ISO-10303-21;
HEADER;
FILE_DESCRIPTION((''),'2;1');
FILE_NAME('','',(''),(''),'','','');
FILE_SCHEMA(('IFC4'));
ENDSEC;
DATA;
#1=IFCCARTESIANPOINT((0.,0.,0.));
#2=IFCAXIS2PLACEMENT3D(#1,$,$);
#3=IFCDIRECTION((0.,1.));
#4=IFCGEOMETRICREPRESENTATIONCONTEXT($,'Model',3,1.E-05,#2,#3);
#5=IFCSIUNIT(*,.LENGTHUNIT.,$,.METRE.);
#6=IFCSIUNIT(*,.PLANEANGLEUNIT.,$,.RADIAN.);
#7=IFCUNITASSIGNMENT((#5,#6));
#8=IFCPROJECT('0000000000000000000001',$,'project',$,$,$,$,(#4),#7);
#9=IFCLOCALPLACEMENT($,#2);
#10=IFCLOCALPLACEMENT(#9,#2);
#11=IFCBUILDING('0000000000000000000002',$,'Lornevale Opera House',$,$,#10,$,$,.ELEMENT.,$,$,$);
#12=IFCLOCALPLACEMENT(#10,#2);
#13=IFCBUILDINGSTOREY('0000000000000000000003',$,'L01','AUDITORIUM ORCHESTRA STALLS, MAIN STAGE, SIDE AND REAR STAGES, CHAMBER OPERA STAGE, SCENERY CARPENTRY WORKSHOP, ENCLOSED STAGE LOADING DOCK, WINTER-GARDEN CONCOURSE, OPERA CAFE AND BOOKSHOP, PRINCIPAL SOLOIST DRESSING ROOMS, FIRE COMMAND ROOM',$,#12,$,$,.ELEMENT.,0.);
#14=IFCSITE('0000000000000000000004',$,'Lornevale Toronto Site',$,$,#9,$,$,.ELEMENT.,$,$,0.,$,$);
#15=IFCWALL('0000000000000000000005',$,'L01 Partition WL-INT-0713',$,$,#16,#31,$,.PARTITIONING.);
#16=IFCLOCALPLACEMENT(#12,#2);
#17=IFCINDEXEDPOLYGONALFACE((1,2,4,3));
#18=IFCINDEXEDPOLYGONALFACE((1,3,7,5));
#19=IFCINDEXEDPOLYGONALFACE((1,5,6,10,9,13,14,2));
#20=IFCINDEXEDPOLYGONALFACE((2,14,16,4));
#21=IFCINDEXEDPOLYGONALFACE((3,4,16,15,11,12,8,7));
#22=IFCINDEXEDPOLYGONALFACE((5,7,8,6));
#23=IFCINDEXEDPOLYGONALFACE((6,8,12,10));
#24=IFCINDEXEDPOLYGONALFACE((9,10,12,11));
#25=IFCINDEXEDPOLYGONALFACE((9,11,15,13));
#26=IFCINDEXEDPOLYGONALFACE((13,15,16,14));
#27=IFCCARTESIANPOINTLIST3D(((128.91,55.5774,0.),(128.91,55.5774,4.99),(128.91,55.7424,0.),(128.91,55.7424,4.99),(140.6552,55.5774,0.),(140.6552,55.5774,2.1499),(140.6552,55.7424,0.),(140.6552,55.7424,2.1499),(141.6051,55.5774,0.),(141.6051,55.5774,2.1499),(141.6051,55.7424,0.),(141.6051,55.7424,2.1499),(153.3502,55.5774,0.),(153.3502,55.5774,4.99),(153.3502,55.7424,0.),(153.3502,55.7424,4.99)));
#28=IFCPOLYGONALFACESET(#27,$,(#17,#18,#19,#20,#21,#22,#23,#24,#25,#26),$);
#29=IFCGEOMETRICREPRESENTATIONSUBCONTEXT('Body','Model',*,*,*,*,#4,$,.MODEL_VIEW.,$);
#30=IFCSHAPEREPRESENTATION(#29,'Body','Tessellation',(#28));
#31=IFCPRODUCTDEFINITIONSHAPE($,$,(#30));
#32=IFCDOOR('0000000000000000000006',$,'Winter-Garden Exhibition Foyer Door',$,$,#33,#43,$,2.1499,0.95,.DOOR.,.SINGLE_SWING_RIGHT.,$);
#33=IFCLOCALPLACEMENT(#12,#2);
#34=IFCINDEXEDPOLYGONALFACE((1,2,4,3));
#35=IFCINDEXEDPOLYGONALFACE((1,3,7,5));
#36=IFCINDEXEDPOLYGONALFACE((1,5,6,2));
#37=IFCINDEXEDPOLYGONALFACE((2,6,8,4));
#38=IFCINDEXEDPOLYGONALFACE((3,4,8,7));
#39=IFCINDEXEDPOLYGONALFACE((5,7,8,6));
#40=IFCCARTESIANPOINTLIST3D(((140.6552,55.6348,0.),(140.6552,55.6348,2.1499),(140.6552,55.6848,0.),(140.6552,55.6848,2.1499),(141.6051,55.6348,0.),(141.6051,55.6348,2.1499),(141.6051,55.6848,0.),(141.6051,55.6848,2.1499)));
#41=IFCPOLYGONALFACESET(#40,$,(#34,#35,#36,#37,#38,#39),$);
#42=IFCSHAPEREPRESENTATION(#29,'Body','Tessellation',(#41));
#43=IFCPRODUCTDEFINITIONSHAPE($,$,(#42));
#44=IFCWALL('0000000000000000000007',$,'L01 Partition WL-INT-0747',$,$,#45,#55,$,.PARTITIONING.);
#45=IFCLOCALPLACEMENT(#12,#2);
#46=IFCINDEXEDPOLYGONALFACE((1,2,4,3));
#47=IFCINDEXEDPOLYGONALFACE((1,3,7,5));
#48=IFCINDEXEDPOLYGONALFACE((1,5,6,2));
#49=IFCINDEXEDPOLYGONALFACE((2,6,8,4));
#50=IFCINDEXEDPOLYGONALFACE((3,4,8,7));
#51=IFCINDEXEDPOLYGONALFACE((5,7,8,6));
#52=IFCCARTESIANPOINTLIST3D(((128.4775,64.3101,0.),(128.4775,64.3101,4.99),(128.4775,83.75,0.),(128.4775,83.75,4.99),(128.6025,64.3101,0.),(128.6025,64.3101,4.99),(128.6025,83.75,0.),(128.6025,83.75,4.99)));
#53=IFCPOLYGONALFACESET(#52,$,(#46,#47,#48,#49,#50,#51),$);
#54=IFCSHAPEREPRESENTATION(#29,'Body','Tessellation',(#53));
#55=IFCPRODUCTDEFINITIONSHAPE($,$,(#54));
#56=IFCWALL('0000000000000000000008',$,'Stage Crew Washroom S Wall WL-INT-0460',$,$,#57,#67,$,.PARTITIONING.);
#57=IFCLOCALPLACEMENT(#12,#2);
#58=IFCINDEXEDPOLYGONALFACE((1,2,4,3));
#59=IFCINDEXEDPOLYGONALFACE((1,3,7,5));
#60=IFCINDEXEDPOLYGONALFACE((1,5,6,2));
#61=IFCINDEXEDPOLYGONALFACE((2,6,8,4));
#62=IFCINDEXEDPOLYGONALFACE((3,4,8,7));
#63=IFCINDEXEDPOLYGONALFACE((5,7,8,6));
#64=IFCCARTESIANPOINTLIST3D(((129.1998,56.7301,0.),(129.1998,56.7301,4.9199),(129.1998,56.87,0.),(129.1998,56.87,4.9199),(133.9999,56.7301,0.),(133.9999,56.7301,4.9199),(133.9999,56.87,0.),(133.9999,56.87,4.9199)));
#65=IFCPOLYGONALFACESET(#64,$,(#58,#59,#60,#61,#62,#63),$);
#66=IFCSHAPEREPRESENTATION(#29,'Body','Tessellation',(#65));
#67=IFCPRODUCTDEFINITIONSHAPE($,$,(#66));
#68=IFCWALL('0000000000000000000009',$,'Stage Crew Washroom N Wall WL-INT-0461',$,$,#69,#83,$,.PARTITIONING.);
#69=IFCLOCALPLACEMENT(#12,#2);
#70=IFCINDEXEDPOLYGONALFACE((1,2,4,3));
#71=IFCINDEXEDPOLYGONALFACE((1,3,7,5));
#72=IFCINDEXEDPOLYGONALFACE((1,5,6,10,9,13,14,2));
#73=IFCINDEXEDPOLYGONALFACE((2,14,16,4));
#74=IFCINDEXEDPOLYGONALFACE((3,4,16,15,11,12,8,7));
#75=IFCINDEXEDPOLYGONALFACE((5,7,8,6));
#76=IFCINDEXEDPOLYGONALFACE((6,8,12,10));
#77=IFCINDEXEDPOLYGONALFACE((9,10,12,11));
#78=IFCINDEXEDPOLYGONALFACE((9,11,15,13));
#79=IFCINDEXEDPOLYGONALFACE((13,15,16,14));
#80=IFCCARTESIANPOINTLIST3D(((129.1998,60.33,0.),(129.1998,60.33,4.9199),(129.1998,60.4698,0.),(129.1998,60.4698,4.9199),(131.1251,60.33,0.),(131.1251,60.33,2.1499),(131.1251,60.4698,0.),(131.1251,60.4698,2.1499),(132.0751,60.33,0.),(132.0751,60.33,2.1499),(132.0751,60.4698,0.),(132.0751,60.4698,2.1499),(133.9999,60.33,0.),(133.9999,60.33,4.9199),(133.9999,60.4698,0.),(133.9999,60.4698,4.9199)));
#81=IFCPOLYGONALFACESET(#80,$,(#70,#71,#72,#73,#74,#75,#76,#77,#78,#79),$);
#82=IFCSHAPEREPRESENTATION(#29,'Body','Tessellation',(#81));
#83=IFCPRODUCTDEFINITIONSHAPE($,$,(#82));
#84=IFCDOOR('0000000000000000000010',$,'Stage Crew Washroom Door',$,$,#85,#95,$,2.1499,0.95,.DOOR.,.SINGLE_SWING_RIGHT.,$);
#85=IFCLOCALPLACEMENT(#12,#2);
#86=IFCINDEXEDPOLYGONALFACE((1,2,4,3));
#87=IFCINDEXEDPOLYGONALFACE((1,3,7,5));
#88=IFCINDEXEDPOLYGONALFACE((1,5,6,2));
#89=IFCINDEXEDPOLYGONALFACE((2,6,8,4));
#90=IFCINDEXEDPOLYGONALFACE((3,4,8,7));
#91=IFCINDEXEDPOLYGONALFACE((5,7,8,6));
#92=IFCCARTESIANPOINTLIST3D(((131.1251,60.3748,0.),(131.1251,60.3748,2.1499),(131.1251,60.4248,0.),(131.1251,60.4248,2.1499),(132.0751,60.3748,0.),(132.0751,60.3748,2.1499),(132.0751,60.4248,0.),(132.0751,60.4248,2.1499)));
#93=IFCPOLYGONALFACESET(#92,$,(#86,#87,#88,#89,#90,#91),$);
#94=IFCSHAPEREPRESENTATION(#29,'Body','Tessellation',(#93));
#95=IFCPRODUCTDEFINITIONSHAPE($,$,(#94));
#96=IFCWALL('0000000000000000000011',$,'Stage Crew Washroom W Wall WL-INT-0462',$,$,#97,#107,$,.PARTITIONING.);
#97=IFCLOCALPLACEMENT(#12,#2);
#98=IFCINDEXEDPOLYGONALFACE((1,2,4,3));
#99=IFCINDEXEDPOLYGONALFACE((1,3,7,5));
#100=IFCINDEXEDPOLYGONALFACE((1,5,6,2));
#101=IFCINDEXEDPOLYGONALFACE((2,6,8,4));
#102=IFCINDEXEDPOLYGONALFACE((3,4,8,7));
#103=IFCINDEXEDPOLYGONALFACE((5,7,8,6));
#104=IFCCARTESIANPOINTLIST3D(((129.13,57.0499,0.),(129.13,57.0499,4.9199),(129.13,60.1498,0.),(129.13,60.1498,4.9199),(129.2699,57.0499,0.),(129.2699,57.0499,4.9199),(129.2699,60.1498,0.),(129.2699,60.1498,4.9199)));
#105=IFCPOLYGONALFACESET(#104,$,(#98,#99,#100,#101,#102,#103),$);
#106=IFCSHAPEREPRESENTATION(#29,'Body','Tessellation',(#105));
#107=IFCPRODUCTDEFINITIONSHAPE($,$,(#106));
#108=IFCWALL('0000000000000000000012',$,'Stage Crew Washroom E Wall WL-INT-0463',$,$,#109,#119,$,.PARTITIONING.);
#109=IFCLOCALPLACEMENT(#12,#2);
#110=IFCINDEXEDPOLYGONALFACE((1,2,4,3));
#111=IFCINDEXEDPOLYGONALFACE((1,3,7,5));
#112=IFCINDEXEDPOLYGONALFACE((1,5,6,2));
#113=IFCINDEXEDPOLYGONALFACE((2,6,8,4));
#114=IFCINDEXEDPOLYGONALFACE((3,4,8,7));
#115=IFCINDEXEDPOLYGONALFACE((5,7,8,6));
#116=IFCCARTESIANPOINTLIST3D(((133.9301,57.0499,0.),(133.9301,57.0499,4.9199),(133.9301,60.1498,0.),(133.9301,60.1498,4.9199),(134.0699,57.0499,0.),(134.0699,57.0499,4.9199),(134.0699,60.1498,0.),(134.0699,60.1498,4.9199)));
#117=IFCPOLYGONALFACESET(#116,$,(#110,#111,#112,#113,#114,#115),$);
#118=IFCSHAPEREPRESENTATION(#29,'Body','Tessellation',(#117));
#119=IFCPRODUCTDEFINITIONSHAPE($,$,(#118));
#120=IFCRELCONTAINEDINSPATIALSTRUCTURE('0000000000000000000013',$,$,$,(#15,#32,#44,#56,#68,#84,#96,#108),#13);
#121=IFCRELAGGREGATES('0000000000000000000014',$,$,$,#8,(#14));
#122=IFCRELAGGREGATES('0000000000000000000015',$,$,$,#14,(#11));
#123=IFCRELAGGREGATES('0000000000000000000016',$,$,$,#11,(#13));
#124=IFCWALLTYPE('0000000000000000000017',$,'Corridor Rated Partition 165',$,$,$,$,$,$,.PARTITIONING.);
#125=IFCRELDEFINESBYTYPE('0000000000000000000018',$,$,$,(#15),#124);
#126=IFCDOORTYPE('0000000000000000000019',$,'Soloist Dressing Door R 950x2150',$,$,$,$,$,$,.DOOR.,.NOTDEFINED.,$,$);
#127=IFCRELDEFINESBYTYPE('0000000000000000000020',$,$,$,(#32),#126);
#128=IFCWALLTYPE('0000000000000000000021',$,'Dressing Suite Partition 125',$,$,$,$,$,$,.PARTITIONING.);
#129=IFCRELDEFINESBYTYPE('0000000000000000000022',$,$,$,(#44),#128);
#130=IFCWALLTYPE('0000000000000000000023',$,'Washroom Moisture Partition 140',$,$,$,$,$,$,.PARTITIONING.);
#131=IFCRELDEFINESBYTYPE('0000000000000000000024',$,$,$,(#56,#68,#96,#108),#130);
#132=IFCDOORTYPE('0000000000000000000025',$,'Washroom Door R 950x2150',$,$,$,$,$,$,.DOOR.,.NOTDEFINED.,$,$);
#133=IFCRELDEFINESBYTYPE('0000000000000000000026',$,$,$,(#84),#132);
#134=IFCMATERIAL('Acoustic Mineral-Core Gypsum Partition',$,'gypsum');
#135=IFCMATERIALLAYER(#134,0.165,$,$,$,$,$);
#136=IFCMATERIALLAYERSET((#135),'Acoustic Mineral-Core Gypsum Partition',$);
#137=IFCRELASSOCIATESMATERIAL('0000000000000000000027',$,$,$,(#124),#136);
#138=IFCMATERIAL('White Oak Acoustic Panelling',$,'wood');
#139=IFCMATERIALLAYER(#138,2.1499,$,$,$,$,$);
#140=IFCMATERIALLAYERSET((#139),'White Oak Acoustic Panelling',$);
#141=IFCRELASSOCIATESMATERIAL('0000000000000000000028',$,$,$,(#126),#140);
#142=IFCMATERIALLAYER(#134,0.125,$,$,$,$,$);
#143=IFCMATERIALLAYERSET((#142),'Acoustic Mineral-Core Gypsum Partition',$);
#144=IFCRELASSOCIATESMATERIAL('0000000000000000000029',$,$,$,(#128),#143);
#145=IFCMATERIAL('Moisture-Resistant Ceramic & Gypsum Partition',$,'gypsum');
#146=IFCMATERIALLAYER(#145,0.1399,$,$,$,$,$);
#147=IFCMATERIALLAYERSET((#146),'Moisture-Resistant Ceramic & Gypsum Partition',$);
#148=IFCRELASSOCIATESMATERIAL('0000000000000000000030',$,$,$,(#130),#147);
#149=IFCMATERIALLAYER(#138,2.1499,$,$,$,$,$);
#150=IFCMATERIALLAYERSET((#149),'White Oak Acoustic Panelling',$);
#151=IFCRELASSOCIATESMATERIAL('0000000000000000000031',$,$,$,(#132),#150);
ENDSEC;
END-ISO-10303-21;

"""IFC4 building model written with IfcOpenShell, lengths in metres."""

from ifc_helpers import new_model, si_unit, direction, frame, frame_2d, origin, place, context, subcontext, project, spatial, rectangle, extrude, material, layer, layer_set, type_object, element, fill, save


model = new_model("IFC4")

# Units and contexts
model_context = context("Model", 3, precision=1e-05, world=origin(), true_north=direction((0.0, 1.0)))
body_context = subcontext(model_context, "Body", "Model", "MODEL_VIEW")
ifc_project = project(units=[si_unit("LENGTHUNIT", "METRE"), si_unit("PLANEANGLEUNIT", "RADIAN")], contexts=[model_context])

# Site, building, storey
site_placement = place(None, origin())
site = spatial("IfcSite", under=ifc_project, at=site_placement, Name="Lornevale Toronto Site", CompositionType="ELEMENT", RefElevation=0.0)
building_placement = place(site_placement, origin())
building = spatial("IfcBuilding", under=site, at=building_placement, Name="Lornevale Opera House", CompositionType="ELEMENT")
storey_placement = place(building_placement, origin())
storey = spatial("IfcBuildingStorey", under=building, at=storey_placement, Name="L01", Description="AUDITORIUM ORCHESTRA STALLS, MAIN STAGE, SIDE AND REAR STAGES, CHAMBER OPERA STAGE, SCENERY CARPENTRY WORKSHOP, ENCLOSED STAGE LOADING DOCK, WINTER-GARDEN CONCOURSE, OPERA CAFE AND BOOKSHOP, PRINCIPAL SOLOIST DRESSING ROOMS, FIRE COMMAND ROOM", CompositionType="ELEMENT", Elevation=0.0)

# Shared definitions
ifc_material_1 = material(Name="Acoustic Mineral-Core Gypsum Partition", Category="gypsum")
ifc_layer_1 = layer(ifc_material_1, 0.165)
ifc_layer_set_1 = layer_set([ifc_layer_1], Name="Acoustic Mineral-Core Gypsum Partition")
wall_type_1 = type_object("IfcWallType", Name="Corridor Rated Partition 165", PredefinedType="PARTITIONING", material=ifc_layer_set_1)
ifc_material_2 = material(Name="White Oak Acoustic Panelling", Category="wood")
ifc_layer_2 = layer(ifc_material_2, 2.1499)
ifc_layer_set_2 = layer_set([ifc_layer_2], Name="White Oak Acoustic Panelling")
door_type_1 = type_object("IfcDoorType", Name="Soloist Dressing Door R 950x2150", OperationType="NOTDEFINED", PredefinedType="DOOR", material=ifc_layer_set_2)

# Wall, opening, door
wall_1_placement = place(storey_placement, frame((128.9099, 55.6599, 0.0), z_axis=(0.0, 0.0, 1.0), x_axis=(1.0, 0.0, 0.0)))
wall_1 = element("IfcWall", 1, at=wall_1_placement, inside=storey, type_object=wall_type_1, Name="L01 Partition WL-INT-0713", PredefinedType="PARTITIONING", context=body_context, shape_type="SweptSolid", body=[
    extrude(rectangle(XDim=24.4402, YDim=0.165, at=frame_2d((12.2202, 0.0))), origin(), (0.0, 0.0, 1.0), 4.99),
])
opening_1_placement = place(wall_1_placement, frame((11.7451, 0.0, 0.0)))
opening_1 = element("IfcOpeningElement", 2, at=opening_1_placement, cuts=wall_1, PredefinedType="OPENING", context=body_context, shape_type="SweptSolid", body=[
    extrude(rectangle(XDim=0.95, YDim=2.1499, at=frame_2d((0.4751, 1.075))), frame((0.0, 0.0925, 0.0), z_axis=(0.0, -1.0, 0.0), x_axis=(1.0, 0.0, 0.0)), (0.0, 0.0, 1.0), 0.1851),
])
door_1_placement = place(opening_1_placement, origin())
door_1 = element("IfcDoor", 3, at=door_1_placement, inside=storey, type_object=door_type_1, Name="Winter-Garden Exhibition Foyer Door", OperationType="SINGLE_SWING_RIGHT", OverallHeight=2.1499, OverallWidth=0.95, PredefinedType="DOOR", context=body_context, shape_type="SweptSolid", body=[
    extrude(rectangle(XDim=0.95, YDim=2.1499, at=frame_2d((0.4751, 1.075))), frame((0.0, 0.0249, 0.0), z_axis=(0.0, -1.0, 0.0), x_axis=(1.0, 0.0, 0.0)), (0.0, 0.0, 1.0), 0.05),
])
fill(opening_1, door_1)

# Walls
ifc_layer_3 = layer(ifc_material_1, 0.125)
ifc_layer_set_3 = layer_set([ifc_layer_3], Name="Acoustic Mineral-Core Gypsum Partition")
wall_type_2 = type_object("IfcWallType", Name="Dressing Suite Partition 125", PredefinedType="PARTITIONING", material=ifc_layer_set_3)
wall_2_placement = place(storey_placement, frame((128.54, 64.3101, 0.0), z_axis=(0.0, 0.0, 1.0), x_axis=(0.0, 1.0, 0.0)))
element("IfcWall", 4, at=wall_2_placement, inside=storey, type_object=wall_type_2, Name="L01 Partition WL-INT-0747", PredefinedType="PARTITIONING", context=body_context, shape_type="SweptSolid", body=[
    extrude(rectangle(XDim=19.4399, YDim=0.125, at=frame_2d((9.72, 0.0))), origin(), (0.0, 0.0, 1.0), 4.99),
])
ifc_material_3 = material(Name="Moisture-Resistant Ceramic & Gypsum Partition", Category="gypsum")
ifc_layer_4 = layer(ifc_material_3, 0.1399)
ifc_layer_set_4 = layer_set([ifc_layer_4], Name="Moisture-Resistant Ceramic & Gypsum Partition")
wall_type_3 = type_object("IfcWallType", Name="Washroom Moisture Partition 140", PredefinedType="PARTITIONING", material=ifc_layer_set_4)
wall_3_placement = place(storey_placement, frame((129.2, 56.8, 0.0), z_axis=(0.0, 0.0, 1.0), x_axis=(1.0, 0.0, 0.0)))
element("IfcWall", 5, at=wall_3_placement, inside=storey, type_object=wall_type_3, Name="Stage Crew Washroom S Wall WL-INT-0460", PredefinedType="PARTITIONING", context=body_context, shape_type="SweptSolid", body=[
    extrude(rectangle(XDim=4.8, YDim=0.1399, at=frame_2d((2.3999, 0.0))), origin(), (0.0, 0.0, 1.0), 4.9199),
])

# Wall, opening, door
wall_4_placement = place(storey_placement, frame((129.2, 60.3999, 0.0), z_axis=(0.0, 0.0, 1.0), x_axis=(1.0, 0.0, 0.0)))
wall_4 = element("IfcWall", 6, at=wall_4_placement, inside=storey, type_object=wall_type_3, Name="Stage Crew Washroom N Wall WL-INT-0461", PredefinedType="PARTITIONING", context=body_context, shape_type="SweptSolid", body=[
    extrude(rectangle(XDim=4.8, YDim=0.1399, at=frame_2d((2.3999, 0.0))), origin(), (0.0, 0.0, 1.0), 4.9199),
])
opening_2_placement = place(wall_4_placement, frame((1.925, 0.0, 0.0)))
opening_2 = element("IfcOpeningElement", 7, at=opening_2_placement, cuts=wall_4, PredefinedType="OPENING", context=body_context, shape_type="SweptSolid", body=[
    extrude(rectangle(XDim=0.95, YDim=2.1499, at=frame_2d((0.4751, 1.075))), frame((0.0, 0.0798, 0.0), z_axis=(0.0, -1.0, 0.0), x_axis=(1.0, 0.0, 0.0)), (0.0, 0.0, 1.0), 0.1599),
])
ifc_layer_5 = layer(ifc_material_2, 2.1499)
ifc_layer_set_5 = layer_set([ifc_layer_5], Name="White Oak Acoustic Panelling")
door_type_2 = type_object("IfcDoorType", Name="Washroom Door R 950x2150", OperationType="NOTDEFINED", PredefinedType="DOOR", material=ifc_layer_set_5)
door_2_placement = place(opening_2_placement, origin())
door_2 = element("IfcDoor", 8, at=door_2_placement, inside=storey, type_object=door_type_2, Name="Stage Crew Washroom Door", OperationType="SINGLE_SWING_RIGHT", OverallHeight=2.1499, OverallWidth=0.95, PredefinedType="DOOR", context=body_context, shape_type="SweptSolid", body=[
    extrude(rectangle(XDim=0.95, YDim=2.1499, at=frame_2d((0.4751, 1.075))), frame((0.0, 0.0249, 0.0), z_axis=(0.0, -1.0, 0.0), x_axis=(1.0, 0.0, 0.0)), (0.0, 0.0, 1.0), 0.05),
])
fill(opening_2, door_2)

# Walls
for number, where, z_axis, x_axis, name in (
    (9, (129.2, 57.05, 0.0), (0.0, 0.0, 1.0), (0.0, 1.0, 0.0), "Stage Crew Washroom W Wall WL-INT-0462"),
    (10, (134.0, 57.05, 0.0), (0.0, 0.0, 1.0), (0.0, 1.0, 0.0), "Stage Crew Washroom E Wall WL-INT-0463"),
):
    element("IfcWall", number, at=place(storey_placement, frame(where, z_axis=z_axis, x_axis=x_axis)), inside=storey, type_object=wall_type_3, Name=name, PredefinedType="PARTITIONING", context=body_context, shape_type="SweptSolid", body=[
        extrude(rectangle(XDim=3.0999, YDim=0.1399, at=frame_2d((1.5498, 0.0))), origin(), (0.0, 0.0, 1.0), 4.9199),
    ])

save(model, "model.ifc")
